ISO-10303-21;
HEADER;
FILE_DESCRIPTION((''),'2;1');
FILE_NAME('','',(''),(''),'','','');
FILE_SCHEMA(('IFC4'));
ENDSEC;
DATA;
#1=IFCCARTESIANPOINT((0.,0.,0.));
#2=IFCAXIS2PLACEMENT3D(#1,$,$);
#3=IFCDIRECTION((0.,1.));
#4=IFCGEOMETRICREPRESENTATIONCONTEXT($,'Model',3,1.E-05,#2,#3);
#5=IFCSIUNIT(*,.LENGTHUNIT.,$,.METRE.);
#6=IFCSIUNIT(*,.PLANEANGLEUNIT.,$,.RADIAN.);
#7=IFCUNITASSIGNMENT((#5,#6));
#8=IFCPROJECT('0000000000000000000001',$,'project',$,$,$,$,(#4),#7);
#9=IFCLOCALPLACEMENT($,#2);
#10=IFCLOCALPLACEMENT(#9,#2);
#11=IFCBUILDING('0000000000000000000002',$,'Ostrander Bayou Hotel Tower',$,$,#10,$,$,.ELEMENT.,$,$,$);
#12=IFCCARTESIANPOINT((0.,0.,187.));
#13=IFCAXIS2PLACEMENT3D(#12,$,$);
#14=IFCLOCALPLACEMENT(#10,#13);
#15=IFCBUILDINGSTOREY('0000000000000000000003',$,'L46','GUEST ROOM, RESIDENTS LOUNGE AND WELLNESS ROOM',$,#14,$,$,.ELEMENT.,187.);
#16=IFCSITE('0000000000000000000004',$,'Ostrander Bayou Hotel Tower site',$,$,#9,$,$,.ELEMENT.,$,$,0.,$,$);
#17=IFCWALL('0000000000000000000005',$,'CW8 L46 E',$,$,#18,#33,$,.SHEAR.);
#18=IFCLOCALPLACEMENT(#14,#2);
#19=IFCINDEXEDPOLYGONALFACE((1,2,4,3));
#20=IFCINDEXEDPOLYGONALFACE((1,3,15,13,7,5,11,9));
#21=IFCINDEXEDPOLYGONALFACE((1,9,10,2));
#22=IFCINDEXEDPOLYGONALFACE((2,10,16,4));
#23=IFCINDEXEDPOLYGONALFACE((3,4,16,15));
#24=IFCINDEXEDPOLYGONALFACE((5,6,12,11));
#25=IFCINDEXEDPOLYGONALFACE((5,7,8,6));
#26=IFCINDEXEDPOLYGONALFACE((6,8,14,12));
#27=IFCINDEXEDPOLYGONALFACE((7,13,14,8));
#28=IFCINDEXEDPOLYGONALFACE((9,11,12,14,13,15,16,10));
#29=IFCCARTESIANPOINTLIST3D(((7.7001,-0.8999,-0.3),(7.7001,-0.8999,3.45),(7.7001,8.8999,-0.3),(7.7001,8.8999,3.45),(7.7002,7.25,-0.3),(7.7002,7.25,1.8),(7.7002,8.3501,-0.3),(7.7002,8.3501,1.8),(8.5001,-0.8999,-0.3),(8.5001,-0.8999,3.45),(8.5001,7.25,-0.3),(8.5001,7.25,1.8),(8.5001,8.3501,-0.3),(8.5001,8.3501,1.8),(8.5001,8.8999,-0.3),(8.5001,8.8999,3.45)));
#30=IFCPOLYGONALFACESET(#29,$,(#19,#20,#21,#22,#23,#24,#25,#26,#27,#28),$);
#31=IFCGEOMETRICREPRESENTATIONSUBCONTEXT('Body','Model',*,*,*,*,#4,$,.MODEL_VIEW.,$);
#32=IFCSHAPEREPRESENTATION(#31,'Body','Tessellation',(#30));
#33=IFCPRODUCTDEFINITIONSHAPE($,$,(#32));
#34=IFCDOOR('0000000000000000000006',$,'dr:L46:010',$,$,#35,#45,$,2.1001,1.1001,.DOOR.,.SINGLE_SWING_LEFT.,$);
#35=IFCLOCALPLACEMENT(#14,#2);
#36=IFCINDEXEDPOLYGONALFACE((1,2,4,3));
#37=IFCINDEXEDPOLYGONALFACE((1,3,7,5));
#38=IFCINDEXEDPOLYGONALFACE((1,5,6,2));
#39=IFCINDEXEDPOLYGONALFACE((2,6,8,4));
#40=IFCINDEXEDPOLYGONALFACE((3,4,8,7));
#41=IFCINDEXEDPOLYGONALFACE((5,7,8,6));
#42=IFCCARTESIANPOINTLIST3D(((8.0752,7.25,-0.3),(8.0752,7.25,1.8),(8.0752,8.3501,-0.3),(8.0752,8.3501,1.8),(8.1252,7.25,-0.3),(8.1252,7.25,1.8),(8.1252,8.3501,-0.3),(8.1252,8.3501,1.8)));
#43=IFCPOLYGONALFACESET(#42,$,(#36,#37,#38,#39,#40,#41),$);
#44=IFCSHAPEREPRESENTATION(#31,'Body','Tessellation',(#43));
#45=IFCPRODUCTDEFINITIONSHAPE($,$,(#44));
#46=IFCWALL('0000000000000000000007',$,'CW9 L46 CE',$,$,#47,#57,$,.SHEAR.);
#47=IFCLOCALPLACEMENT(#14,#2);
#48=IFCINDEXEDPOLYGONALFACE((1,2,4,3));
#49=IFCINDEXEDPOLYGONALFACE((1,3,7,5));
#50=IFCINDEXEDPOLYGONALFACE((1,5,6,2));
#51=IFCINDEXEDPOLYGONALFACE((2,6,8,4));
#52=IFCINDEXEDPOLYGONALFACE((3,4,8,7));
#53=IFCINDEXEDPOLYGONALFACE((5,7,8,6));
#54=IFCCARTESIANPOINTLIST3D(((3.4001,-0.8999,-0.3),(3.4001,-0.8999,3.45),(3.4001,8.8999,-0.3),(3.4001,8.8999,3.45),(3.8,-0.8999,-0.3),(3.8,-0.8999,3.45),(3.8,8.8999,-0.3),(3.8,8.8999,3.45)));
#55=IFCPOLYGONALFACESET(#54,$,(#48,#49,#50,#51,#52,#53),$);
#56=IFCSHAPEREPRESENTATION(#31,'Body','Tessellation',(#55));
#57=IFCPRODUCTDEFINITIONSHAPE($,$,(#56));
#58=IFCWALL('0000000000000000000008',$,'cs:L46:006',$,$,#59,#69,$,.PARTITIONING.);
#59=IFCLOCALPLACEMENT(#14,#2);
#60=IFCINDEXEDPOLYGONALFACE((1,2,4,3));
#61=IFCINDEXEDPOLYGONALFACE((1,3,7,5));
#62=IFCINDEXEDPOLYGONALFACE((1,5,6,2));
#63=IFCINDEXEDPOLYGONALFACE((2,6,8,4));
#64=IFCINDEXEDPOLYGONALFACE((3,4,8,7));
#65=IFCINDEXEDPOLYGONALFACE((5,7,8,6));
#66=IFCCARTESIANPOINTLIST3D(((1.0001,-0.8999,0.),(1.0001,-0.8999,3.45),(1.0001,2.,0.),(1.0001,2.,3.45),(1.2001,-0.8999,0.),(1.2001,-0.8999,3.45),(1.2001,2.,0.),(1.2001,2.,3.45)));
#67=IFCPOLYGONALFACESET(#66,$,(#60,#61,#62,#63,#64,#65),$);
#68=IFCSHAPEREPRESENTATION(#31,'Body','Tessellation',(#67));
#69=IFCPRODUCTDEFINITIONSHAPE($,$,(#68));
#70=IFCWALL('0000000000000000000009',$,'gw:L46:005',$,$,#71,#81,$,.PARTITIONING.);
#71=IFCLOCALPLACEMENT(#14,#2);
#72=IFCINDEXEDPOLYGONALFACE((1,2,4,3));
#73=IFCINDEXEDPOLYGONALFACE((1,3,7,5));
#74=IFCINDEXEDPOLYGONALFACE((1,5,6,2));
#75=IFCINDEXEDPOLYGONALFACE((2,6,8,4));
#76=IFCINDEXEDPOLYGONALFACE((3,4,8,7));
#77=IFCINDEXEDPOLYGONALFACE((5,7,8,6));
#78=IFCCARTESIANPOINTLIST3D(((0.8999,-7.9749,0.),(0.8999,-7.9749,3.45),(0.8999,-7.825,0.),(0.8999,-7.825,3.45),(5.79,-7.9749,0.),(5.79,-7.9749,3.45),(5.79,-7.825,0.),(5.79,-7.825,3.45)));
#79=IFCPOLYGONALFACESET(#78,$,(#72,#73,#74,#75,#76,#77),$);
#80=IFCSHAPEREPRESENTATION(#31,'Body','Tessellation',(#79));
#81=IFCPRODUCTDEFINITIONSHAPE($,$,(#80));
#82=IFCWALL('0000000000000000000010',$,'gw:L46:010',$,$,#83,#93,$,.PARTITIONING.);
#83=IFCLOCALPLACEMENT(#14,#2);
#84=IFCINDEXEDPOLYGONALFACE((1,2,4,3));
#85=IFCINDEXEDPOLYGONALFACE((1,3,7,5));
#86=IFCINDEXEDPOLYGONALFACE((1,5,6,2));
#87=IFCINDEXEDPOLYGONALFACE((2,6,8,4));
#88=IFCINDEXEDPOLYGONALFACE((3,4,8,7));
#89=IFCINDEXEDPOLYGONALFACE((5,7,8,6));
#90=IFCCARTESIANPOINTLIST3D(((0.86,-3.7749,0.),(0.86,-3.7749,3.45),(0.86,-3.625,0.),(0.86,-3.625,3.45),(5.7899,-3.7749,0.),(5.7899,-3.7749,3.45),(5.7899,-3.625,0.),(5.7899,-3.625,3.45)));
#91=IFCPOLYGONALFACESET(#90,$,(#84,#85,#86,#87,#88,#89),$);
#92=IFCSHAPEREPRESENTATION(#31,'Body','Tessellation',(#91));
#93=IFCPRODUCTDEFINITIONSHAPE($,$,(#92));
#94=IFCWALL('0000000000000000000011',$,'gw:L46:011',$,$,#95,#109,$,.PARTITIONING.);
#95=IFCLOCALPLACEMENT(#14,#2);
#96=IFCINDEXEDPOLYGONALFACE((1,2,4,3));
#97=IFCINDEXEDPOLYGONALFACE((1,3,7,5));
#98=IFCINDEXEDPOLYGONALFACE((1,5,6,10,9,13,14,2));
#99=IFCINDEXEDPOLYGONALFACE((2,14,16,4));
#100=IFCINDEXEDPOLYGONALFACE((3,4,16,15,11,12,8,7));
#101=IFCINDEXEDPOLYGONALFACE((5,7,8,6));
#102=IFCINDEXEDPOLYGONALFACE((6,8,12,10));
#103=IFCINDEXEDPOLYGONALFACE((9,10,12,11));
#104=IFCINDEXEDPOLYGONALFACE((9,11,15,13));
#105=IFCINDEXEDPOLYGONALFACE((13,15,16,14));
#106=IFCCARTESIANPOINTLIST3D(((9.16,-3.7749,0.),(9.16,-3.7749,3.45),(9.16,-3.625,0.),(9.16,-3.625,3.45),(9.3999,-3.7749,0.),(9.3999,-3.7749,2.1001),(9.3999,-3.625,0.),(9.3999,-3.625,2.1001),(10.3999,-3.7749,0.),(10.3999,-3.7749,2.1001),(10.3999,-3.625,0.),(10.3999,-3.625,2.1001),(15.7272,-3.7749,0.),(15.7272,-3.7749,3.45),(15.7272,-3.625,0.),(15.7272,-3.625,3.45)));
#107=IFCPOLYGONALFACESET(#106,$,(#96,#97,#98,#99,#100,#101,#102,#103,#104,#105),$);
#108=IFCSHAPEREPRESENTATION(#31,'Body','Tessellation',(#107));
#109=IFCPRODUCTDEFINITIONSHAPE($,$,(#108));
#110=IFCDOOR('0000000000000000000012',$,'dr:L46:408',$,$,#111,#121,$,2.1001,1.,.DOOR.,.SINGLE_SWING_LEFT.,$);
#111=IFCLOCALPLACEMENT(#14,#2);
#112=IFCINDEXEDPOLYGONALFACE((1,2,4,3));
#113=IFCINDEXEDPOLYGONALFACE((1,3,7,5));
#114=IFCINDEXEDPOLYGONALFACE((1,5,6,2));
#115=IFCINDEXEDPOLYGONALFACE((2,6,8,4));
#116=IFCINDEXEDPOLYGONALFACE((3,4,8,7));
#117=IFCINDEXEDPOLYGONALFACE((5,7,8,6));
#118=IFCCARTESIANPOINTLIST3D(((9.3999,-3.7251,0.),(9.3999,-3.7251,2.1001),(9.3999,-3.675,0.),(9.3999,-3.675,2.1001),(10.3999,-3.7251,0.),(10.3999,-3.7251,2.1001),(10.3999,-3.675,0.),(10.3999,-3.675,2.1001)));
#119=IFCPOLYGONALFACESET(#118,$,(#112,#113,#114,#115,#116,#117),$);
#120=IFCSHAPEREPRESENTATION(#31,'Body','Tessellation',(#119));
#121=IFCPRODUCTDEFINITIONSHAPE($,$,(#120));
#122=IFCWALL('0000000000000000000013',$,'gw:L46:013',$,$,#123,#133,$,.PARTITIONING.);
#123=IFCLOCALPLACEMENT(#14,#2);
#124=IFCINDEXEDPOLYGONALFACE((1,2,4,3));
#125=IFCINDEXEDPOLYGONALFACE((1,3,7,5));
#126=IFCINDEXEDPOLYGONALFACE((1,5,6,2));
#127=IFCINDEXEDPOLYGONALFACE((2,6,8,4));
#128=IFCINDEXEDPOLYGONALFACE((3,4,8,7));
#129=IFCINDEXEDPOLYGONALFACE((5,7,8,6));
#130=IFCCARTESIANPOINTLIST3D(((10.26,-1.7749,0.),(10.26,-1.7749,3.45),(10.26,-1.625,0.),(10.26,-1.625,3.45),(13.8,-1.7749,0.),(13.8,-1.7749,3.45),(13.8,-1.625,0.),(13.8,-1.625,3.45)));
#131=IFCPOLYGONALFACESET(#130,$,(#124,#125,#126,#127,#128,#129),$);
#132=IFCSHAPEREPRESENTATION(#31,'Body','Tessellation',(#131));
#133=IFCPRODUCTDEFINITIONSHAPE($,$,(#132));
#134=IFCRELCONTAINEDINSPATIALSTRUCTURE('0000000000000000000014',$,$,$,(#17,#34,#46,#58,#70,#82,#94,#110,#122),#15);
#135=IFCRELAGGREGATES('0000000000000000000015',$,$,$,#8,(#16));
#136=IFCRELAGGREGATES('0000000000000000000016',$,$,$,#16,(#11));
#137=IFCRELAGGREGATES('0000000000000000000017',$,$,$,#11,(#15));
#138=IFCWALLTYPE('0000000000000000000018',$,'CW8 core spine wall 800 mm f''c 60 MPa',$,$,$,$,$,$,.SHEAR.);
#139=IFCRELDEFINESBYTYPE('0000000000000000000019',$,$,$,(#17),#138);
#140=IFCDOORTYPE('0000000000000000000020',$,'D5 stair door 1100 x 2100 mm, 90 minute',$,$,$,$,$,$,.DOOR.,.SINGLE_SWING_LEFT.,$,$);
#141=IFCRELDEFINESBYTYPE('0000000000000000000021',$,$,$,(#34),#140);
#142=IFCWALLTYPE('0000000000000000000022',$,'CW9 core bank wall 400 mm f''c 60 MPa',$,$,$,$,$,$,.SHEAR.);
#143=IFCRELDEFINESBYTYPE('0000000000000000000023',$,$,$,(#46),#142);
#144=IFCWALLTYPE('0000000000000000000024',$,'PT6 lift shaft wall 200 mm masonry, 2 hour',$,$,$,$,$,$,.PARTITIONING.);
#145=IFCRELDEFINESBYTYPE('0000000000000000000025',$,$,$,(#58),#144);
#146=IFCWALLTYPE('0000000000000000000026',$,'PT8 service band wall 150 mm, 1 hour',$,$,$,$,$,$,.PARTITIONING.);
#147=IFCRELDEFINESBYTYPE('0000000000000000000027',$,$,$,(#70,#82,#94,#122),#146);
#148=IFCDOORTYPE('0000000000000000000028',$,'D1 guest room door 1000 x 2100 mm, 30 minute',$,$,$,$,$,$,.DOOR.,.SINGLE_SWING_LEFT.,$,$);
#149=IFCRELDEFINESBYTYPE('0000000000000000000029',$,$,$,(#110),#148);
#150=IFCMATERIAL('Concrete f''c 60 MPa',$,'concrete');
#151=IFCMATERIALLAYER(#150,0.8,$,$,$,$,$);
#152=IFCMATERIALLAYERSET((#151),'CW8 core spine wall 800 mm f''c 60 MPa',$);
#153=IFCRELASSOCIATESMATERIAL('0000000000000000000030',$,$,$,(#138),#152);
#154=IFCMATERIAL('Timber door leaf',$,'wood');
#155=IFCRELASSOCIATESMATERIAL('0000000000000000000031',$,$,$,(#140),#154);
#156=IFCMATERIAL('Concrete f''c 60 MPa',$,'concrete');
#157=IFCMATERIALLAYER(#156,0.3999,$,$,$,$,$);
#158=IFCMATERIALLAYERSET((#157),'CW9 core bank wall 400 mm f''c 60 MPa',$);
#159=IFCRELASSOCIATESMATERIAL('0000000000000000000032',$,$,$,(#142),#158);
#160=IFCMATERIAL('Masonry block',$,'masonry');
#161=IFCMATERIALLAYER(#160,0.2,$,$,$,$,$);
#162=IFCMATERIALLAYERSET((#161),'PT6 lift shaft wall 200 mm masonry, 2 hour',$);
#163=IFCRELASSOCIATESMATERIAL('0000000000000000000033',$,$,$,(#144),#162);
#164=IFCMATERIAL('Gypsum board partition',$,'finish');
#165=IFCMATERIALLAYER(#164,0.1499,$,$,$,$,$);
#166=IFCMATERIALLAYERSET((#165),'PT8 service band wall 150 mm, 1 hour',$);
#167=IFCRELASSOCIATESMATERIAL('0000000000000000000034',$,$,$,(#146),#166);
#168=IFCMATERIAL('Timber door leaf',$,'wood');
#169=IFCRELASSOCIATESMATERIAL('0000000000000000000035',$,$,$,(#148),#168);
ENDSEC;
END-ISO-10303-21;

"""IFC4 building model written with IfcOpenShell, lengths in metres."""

from ifc_helpers import new_model, si_unit, direction, frame, frame_2d, origin, place, context, subcontext, project, spatial, rectangle, extrude, material, layer, layer_set, type_object, element, fill, save


model = new_model("IFC4")

# Units and contexts
model_context = context("Model", 3, precision=1e-05, world=origin(), true_north=direction((0.0, 1.0)))
body_context = subcontext(model_context, "Body", "Model", "MODEL_VIEW")
ifc_project = project(units=[si_unit("LENGTHUNIT", "METRE"), si_unit("PLANEANGLEUNIT", "RADIAN")], contexts=[model_context])

# Site, building, storey
site_placement = place(None, origin())
site = spatial("IfcSite", under=ifc_project, at=site_placement, Name="Ostrander Bayou Hotel Tower site", CompositionType="ELEMENT", RefElevation=0.0)
building_placement = place(site_placement, origin())
building = spatial("IfcBuilding", under=site, at=building_placement, Name="Ostrander Bayou Hotel Tower", CompositionType="ELEMENT")
storey_placement = place(building_placement, frame((0.0, 0.0, 187.0)))
storey = spatial("IfcBuildingStorey", under=building, at=storey_placement, Name="L46", Description="GUEST ROOM, RESIDENTS LOUNGE AND WELLNESS ROOM", CompositionType="ELEMENT", Elevation=187.0)

# Wall, opening, door
ifc_material_1 = material(Name="Concrete f'c 60 MPa", Category="concrete")
ifc_layer_1 = layer(ifc_material_1, 0.8)
ifc_layer_set_1 = layer_set([ifc_layer_1], Name="CW8 core spine wall 800 mm f'c 60 MPa")
wall_type_1 = type_object("IfcWallType", Name="CW8 core spine wall 800 mm f'c 60 MPa", PredefinedType="SHEAR", material=ifc_layer_set_1)
wall_1_placement = place(storey_placement, frame((8.1001, -0.8999, -0.3), z_axis=(0.0, 0.0, 1.0), x_axis=(0.0, 1.0, 0.0)))
wall_1 = element("IfcWall", 1, at=wall_1_placement, inside=storey, type_object=wall_type_1, Name="CW8 L46 E", PredefinedType="SHEAR", context=body_context, shape_type="SweptSolid", body=[
    extrude(rectangle(XDim=9.7998, YDim=0.8, at=frame_2d((4.8999, 0.0))), origin(), (0.0, 0.0, 1.0), 3.75),
])
opening_1_placement = place(wall_1_placement, frame((8.1499, 0.0, 0.0)))
opening_1 = element("IfcOpeningElement", 2, at=opening_1_placement, cuts=wall_1, PredefinedType="OPENING", context=body_context, shape_type="SweptSolid", body=[
    extrude(rectangle(XDim=1.1001, YDim=2.1001, at=frame_2d((0.55, 1.05))), frame((0.0, 0.3999, 0.0), z_axis=(0.0, -1.0, 0.0), x_axis=(1.0, 0.0, 0.0)), (0.0, 0.0, 1.0), 0.8),
])
ifc_material_2 = material(Name="Timber door leaf", Category="wood")
door_type_1 = type_object("IfcDoorType", Name="D5 stair door 1100 x 2100 mm, 90 minute", OperationType="SINGLE_SWING_LEFT", PredefinedType="DOOR", material=ifc_material_2)
door_1_placement = place(opening_1_placement, origin())
door_1 = element("IfcDoor", 3, at=door_1_placement, inside=storey, type_object=door_type_1, Name="dr:L46:010", OperationType="SINGLE_SWING_LEFT", OverallHeight=2.1001, OverallWidth=1.1001, PredefinedType="DOOR", context=body_context, shape_type="SweptSolid", body=[
    extrude(rectangle(XDim=1.1001, YDim=2.1001, at=frame_2d((0.55, 1.05))), frame((0.0, 0.0249, 0.0), z_axis=(0.0, -1.0, 0.0), x_axis=(1.0, 0.0, 0.0)), (0.0, 0.0, 1.0), 0.05),
])
fill(opening_1, door_1)

# Walls
ifc_material_3 = material(Name="Concrete f'c 60 MPa", Category="concrete")
ifc_layer_2 = layer(ifc_material_3, 0.3999)
ifc_layer_set_2 = layer_set([ifc_layer_2], Name="CW9 core bank wall 400 mm f'c 60 MPa")
wall_type_2 = type_object("IfcWallType", Name="CW9 core bank wall 400 mm f'c 60 MPa", PredefinedType="SHEAR", material=ifc_layer_set_2)
wall_2_placement = place(storey_placement, frame((3.6001, -0.8999, -0.3), z_axis=(0.0, 0.0, 1.0), x_axis=(0.0, 1.0, 0.0)))
element("IfcWall", 4, at=wall_2_placement, inside=storey, type_object=wall_type_2, Name="CW9 L46 CE", PredefinedType="SHEAR", context=body_context, shape_type="SweptSolid", body=[
    extrude(rectangle(XDim=9.7998, YDim=0.3999, at=frame_2d((4.8999, 0.0))), origin(), (0.0, 0.0, 1.0), 3.75),
])
ifc_material_4 = material(Name="Masonry block", Category="masonry")
ifc_layer_3 = layer(ifc_material_4, 0.2)
ifc_layer_set_3 = layer_set([ifc_layer_3], Name="PT6 lift shaft wall 200 mm masonry, 2 hour")
wall_type_3 = type_object("IfcWallType", Name="PT6 lift shaft wall 200 mm masonry, 2 hour", PredefinedType="PARTITIONING", material=ifc_layer_set_3)
wall_3_placement = place(storey_placement, frame((1.1001, -0.8999, 0.0), z_axis=(0.0, 0.0, 1.0), x_axis=(0.0, 1.0, 0.0)))
element("IfcWall", 5, at=wall_3_placement, inside=storey, type_object=wall_type_3, Name="cs:L46:006", PredefinedType="PARTITIONING", context=body_context, shape_type="SweptSolid", body=[
    extrude(rectangle(XDim=2.8999, YDim=0.2, at=frame_2d((1.45, 0.0))), origin(), (0.0, 0.0, 1.0), 3.45),
])
ifc_material_5 = material(Name="Gypsum board partition", Category="finish")
ifc_layer_4 = layer(ifc_material_5, 0.1499)
ifc_layer_set_4 = layer_set([ifc_layer_4], Name="PT8 service band wall 150 mm, 1 hour")
wall_type_4 = type_object("IfcWallType", Name="PT8 service band wall 150 mm, 1 hour", PredefinedType="PARTITIONING", material=ifc_layer_set_4)
wall_4_placement = place(storey_placement, frame((0.8999, -7.8999, 0.0), z_axis=(0.0, 0.0, 1.0), x_axis=(1.0, 0.0, 0.0)))
element("IfcWall", 6, at=wall_4_placement, inside=storey, type_object=wall_type_4, Name="gw:L46:005", PredefinedType="PARTITIONING", context=body_context, shape_type="SweptSolid", body=[
    extrude(rectangle(XDim=4.8901, YDim=0.1499, at=frame_2d((2.4451, 0.0))), origin(), (0.0, 0.0, 1.0), 3.45),
])
wall_5_placement = place(storey_placement, frame((0.8601, -3.7, 0.0), z_axis=(0.0, 0.0, 1.0), x_axis=(1.0, 0.0, 0.0)))
element("IfcWall", 7, at=wall_5_placement, inside=storey, type_object=wall_type_4, Name="gw:L46:010", PredefinedType="PARTITIONING", context=body_context, shape_type="SweptSolid", body=[
    extrude(rectangle(XDim=4.9299, YDim=0.1499, at=frame_2d((2.4648, 0.0))), origin(), (0.0, 0.0, 1.0), 3.45),
])

# Wall, opening, door
wall_6_placement = place(storey_placement, frame((9.1599, -3.7, 0.0), z_axis=(0.0, 0.0, 1.0), x_axis=(1.0, 0.0, 0.0)))
wall_6 = element("IfcWall", 8, at=wall_6_placement, inside=storey, type_object=wall_type_4, Name="gw:L46:011", PredefinedType="PARTITIONING", context=body_context, shape_type="SweptSolid", body=[
    extrude(rectangle(XDim=6.5671, YDim=0.1499, at=frame_2d((3.2837, 0.0))), origin(), (0.0, 0.0, 1.0), 3.45),
])
opening_2_placement = place(wall_6_placement, frame((0.24, 0.0, 0.0)))
opening_2 = element("IfcOpeningElement", 9, at=opening_2_placement, cuts=wall_6, PredefinedType="OPENING", context=body_context, shape_type="SweptSolid", body=[
    extrude(rectangle(XDim=1.0, YDim=2.1001, at=frame_2d((0.5, 1.05))), frame((0.0, 0.075, 0.0), z_axis=(0.0, -1.0, 0.0), x_axis=(1.0, 0.0, 0.0)), (0.0, 0.0, 1.0), 0.1499),
])
ifc_material_6 = material(Name="Timber door leaf", Category="wood")
door_type_2 = type_object("IfcDoorType", Name="D1 guest room door 1000 x 2100 mm, 30 minute", OperationType="SINGLE_SWING_LEFT", PredefinedType="DOOR", material=ifc_material_6)
door_2_placement = place(opening_2_placement, origin())
door_2 = element("IfcDoor", 10, at=door_2_placement, inside=storey, type_object=door_type_2, Name="dr:L46:408", OperationType="SINGLE_SWING_LEFT", OverallHeight=2.1001, OverallWidth=1.0, PredefinedType="DOOR", context=body_context, shape_type="SweptSolid", body=[
    extrude(rectangle(XDim=1.0, YDim=2.1001, at=frame_2d((0.5, 1.05))), frame((0.0, 0.0249, 0.0), z_axis=(0.0, -1.0, 0.0), x_axis=(1.0, 0.0, 0.0)), (0.0, 0.0, 1.0), 0.05),
])
fill(opening_2, door_2)

# Wall
wall_7_placement = place(storey_placement, frame((10.26, -1.7, 0.0), z_axis=(0.0, 0.0, 1.0), x_axis=(1.0, 0.0, 0.0)))
element("IfcWall", 11, at=wall_7_placement, inside=storey, type_object=wall_type_4, Name="gw:L46:013", PredefinedType="PARTITIONING", context=body_context, shape_type="SweptSolid", body=[
    extrude(rectangle(XDim=3.54, YDim=0.1499, at=frame_2d((1.77, 0.0))), origin(), (0.0, 0.0, 1.0), 3.45),
])

save(model, "model.ifc")
